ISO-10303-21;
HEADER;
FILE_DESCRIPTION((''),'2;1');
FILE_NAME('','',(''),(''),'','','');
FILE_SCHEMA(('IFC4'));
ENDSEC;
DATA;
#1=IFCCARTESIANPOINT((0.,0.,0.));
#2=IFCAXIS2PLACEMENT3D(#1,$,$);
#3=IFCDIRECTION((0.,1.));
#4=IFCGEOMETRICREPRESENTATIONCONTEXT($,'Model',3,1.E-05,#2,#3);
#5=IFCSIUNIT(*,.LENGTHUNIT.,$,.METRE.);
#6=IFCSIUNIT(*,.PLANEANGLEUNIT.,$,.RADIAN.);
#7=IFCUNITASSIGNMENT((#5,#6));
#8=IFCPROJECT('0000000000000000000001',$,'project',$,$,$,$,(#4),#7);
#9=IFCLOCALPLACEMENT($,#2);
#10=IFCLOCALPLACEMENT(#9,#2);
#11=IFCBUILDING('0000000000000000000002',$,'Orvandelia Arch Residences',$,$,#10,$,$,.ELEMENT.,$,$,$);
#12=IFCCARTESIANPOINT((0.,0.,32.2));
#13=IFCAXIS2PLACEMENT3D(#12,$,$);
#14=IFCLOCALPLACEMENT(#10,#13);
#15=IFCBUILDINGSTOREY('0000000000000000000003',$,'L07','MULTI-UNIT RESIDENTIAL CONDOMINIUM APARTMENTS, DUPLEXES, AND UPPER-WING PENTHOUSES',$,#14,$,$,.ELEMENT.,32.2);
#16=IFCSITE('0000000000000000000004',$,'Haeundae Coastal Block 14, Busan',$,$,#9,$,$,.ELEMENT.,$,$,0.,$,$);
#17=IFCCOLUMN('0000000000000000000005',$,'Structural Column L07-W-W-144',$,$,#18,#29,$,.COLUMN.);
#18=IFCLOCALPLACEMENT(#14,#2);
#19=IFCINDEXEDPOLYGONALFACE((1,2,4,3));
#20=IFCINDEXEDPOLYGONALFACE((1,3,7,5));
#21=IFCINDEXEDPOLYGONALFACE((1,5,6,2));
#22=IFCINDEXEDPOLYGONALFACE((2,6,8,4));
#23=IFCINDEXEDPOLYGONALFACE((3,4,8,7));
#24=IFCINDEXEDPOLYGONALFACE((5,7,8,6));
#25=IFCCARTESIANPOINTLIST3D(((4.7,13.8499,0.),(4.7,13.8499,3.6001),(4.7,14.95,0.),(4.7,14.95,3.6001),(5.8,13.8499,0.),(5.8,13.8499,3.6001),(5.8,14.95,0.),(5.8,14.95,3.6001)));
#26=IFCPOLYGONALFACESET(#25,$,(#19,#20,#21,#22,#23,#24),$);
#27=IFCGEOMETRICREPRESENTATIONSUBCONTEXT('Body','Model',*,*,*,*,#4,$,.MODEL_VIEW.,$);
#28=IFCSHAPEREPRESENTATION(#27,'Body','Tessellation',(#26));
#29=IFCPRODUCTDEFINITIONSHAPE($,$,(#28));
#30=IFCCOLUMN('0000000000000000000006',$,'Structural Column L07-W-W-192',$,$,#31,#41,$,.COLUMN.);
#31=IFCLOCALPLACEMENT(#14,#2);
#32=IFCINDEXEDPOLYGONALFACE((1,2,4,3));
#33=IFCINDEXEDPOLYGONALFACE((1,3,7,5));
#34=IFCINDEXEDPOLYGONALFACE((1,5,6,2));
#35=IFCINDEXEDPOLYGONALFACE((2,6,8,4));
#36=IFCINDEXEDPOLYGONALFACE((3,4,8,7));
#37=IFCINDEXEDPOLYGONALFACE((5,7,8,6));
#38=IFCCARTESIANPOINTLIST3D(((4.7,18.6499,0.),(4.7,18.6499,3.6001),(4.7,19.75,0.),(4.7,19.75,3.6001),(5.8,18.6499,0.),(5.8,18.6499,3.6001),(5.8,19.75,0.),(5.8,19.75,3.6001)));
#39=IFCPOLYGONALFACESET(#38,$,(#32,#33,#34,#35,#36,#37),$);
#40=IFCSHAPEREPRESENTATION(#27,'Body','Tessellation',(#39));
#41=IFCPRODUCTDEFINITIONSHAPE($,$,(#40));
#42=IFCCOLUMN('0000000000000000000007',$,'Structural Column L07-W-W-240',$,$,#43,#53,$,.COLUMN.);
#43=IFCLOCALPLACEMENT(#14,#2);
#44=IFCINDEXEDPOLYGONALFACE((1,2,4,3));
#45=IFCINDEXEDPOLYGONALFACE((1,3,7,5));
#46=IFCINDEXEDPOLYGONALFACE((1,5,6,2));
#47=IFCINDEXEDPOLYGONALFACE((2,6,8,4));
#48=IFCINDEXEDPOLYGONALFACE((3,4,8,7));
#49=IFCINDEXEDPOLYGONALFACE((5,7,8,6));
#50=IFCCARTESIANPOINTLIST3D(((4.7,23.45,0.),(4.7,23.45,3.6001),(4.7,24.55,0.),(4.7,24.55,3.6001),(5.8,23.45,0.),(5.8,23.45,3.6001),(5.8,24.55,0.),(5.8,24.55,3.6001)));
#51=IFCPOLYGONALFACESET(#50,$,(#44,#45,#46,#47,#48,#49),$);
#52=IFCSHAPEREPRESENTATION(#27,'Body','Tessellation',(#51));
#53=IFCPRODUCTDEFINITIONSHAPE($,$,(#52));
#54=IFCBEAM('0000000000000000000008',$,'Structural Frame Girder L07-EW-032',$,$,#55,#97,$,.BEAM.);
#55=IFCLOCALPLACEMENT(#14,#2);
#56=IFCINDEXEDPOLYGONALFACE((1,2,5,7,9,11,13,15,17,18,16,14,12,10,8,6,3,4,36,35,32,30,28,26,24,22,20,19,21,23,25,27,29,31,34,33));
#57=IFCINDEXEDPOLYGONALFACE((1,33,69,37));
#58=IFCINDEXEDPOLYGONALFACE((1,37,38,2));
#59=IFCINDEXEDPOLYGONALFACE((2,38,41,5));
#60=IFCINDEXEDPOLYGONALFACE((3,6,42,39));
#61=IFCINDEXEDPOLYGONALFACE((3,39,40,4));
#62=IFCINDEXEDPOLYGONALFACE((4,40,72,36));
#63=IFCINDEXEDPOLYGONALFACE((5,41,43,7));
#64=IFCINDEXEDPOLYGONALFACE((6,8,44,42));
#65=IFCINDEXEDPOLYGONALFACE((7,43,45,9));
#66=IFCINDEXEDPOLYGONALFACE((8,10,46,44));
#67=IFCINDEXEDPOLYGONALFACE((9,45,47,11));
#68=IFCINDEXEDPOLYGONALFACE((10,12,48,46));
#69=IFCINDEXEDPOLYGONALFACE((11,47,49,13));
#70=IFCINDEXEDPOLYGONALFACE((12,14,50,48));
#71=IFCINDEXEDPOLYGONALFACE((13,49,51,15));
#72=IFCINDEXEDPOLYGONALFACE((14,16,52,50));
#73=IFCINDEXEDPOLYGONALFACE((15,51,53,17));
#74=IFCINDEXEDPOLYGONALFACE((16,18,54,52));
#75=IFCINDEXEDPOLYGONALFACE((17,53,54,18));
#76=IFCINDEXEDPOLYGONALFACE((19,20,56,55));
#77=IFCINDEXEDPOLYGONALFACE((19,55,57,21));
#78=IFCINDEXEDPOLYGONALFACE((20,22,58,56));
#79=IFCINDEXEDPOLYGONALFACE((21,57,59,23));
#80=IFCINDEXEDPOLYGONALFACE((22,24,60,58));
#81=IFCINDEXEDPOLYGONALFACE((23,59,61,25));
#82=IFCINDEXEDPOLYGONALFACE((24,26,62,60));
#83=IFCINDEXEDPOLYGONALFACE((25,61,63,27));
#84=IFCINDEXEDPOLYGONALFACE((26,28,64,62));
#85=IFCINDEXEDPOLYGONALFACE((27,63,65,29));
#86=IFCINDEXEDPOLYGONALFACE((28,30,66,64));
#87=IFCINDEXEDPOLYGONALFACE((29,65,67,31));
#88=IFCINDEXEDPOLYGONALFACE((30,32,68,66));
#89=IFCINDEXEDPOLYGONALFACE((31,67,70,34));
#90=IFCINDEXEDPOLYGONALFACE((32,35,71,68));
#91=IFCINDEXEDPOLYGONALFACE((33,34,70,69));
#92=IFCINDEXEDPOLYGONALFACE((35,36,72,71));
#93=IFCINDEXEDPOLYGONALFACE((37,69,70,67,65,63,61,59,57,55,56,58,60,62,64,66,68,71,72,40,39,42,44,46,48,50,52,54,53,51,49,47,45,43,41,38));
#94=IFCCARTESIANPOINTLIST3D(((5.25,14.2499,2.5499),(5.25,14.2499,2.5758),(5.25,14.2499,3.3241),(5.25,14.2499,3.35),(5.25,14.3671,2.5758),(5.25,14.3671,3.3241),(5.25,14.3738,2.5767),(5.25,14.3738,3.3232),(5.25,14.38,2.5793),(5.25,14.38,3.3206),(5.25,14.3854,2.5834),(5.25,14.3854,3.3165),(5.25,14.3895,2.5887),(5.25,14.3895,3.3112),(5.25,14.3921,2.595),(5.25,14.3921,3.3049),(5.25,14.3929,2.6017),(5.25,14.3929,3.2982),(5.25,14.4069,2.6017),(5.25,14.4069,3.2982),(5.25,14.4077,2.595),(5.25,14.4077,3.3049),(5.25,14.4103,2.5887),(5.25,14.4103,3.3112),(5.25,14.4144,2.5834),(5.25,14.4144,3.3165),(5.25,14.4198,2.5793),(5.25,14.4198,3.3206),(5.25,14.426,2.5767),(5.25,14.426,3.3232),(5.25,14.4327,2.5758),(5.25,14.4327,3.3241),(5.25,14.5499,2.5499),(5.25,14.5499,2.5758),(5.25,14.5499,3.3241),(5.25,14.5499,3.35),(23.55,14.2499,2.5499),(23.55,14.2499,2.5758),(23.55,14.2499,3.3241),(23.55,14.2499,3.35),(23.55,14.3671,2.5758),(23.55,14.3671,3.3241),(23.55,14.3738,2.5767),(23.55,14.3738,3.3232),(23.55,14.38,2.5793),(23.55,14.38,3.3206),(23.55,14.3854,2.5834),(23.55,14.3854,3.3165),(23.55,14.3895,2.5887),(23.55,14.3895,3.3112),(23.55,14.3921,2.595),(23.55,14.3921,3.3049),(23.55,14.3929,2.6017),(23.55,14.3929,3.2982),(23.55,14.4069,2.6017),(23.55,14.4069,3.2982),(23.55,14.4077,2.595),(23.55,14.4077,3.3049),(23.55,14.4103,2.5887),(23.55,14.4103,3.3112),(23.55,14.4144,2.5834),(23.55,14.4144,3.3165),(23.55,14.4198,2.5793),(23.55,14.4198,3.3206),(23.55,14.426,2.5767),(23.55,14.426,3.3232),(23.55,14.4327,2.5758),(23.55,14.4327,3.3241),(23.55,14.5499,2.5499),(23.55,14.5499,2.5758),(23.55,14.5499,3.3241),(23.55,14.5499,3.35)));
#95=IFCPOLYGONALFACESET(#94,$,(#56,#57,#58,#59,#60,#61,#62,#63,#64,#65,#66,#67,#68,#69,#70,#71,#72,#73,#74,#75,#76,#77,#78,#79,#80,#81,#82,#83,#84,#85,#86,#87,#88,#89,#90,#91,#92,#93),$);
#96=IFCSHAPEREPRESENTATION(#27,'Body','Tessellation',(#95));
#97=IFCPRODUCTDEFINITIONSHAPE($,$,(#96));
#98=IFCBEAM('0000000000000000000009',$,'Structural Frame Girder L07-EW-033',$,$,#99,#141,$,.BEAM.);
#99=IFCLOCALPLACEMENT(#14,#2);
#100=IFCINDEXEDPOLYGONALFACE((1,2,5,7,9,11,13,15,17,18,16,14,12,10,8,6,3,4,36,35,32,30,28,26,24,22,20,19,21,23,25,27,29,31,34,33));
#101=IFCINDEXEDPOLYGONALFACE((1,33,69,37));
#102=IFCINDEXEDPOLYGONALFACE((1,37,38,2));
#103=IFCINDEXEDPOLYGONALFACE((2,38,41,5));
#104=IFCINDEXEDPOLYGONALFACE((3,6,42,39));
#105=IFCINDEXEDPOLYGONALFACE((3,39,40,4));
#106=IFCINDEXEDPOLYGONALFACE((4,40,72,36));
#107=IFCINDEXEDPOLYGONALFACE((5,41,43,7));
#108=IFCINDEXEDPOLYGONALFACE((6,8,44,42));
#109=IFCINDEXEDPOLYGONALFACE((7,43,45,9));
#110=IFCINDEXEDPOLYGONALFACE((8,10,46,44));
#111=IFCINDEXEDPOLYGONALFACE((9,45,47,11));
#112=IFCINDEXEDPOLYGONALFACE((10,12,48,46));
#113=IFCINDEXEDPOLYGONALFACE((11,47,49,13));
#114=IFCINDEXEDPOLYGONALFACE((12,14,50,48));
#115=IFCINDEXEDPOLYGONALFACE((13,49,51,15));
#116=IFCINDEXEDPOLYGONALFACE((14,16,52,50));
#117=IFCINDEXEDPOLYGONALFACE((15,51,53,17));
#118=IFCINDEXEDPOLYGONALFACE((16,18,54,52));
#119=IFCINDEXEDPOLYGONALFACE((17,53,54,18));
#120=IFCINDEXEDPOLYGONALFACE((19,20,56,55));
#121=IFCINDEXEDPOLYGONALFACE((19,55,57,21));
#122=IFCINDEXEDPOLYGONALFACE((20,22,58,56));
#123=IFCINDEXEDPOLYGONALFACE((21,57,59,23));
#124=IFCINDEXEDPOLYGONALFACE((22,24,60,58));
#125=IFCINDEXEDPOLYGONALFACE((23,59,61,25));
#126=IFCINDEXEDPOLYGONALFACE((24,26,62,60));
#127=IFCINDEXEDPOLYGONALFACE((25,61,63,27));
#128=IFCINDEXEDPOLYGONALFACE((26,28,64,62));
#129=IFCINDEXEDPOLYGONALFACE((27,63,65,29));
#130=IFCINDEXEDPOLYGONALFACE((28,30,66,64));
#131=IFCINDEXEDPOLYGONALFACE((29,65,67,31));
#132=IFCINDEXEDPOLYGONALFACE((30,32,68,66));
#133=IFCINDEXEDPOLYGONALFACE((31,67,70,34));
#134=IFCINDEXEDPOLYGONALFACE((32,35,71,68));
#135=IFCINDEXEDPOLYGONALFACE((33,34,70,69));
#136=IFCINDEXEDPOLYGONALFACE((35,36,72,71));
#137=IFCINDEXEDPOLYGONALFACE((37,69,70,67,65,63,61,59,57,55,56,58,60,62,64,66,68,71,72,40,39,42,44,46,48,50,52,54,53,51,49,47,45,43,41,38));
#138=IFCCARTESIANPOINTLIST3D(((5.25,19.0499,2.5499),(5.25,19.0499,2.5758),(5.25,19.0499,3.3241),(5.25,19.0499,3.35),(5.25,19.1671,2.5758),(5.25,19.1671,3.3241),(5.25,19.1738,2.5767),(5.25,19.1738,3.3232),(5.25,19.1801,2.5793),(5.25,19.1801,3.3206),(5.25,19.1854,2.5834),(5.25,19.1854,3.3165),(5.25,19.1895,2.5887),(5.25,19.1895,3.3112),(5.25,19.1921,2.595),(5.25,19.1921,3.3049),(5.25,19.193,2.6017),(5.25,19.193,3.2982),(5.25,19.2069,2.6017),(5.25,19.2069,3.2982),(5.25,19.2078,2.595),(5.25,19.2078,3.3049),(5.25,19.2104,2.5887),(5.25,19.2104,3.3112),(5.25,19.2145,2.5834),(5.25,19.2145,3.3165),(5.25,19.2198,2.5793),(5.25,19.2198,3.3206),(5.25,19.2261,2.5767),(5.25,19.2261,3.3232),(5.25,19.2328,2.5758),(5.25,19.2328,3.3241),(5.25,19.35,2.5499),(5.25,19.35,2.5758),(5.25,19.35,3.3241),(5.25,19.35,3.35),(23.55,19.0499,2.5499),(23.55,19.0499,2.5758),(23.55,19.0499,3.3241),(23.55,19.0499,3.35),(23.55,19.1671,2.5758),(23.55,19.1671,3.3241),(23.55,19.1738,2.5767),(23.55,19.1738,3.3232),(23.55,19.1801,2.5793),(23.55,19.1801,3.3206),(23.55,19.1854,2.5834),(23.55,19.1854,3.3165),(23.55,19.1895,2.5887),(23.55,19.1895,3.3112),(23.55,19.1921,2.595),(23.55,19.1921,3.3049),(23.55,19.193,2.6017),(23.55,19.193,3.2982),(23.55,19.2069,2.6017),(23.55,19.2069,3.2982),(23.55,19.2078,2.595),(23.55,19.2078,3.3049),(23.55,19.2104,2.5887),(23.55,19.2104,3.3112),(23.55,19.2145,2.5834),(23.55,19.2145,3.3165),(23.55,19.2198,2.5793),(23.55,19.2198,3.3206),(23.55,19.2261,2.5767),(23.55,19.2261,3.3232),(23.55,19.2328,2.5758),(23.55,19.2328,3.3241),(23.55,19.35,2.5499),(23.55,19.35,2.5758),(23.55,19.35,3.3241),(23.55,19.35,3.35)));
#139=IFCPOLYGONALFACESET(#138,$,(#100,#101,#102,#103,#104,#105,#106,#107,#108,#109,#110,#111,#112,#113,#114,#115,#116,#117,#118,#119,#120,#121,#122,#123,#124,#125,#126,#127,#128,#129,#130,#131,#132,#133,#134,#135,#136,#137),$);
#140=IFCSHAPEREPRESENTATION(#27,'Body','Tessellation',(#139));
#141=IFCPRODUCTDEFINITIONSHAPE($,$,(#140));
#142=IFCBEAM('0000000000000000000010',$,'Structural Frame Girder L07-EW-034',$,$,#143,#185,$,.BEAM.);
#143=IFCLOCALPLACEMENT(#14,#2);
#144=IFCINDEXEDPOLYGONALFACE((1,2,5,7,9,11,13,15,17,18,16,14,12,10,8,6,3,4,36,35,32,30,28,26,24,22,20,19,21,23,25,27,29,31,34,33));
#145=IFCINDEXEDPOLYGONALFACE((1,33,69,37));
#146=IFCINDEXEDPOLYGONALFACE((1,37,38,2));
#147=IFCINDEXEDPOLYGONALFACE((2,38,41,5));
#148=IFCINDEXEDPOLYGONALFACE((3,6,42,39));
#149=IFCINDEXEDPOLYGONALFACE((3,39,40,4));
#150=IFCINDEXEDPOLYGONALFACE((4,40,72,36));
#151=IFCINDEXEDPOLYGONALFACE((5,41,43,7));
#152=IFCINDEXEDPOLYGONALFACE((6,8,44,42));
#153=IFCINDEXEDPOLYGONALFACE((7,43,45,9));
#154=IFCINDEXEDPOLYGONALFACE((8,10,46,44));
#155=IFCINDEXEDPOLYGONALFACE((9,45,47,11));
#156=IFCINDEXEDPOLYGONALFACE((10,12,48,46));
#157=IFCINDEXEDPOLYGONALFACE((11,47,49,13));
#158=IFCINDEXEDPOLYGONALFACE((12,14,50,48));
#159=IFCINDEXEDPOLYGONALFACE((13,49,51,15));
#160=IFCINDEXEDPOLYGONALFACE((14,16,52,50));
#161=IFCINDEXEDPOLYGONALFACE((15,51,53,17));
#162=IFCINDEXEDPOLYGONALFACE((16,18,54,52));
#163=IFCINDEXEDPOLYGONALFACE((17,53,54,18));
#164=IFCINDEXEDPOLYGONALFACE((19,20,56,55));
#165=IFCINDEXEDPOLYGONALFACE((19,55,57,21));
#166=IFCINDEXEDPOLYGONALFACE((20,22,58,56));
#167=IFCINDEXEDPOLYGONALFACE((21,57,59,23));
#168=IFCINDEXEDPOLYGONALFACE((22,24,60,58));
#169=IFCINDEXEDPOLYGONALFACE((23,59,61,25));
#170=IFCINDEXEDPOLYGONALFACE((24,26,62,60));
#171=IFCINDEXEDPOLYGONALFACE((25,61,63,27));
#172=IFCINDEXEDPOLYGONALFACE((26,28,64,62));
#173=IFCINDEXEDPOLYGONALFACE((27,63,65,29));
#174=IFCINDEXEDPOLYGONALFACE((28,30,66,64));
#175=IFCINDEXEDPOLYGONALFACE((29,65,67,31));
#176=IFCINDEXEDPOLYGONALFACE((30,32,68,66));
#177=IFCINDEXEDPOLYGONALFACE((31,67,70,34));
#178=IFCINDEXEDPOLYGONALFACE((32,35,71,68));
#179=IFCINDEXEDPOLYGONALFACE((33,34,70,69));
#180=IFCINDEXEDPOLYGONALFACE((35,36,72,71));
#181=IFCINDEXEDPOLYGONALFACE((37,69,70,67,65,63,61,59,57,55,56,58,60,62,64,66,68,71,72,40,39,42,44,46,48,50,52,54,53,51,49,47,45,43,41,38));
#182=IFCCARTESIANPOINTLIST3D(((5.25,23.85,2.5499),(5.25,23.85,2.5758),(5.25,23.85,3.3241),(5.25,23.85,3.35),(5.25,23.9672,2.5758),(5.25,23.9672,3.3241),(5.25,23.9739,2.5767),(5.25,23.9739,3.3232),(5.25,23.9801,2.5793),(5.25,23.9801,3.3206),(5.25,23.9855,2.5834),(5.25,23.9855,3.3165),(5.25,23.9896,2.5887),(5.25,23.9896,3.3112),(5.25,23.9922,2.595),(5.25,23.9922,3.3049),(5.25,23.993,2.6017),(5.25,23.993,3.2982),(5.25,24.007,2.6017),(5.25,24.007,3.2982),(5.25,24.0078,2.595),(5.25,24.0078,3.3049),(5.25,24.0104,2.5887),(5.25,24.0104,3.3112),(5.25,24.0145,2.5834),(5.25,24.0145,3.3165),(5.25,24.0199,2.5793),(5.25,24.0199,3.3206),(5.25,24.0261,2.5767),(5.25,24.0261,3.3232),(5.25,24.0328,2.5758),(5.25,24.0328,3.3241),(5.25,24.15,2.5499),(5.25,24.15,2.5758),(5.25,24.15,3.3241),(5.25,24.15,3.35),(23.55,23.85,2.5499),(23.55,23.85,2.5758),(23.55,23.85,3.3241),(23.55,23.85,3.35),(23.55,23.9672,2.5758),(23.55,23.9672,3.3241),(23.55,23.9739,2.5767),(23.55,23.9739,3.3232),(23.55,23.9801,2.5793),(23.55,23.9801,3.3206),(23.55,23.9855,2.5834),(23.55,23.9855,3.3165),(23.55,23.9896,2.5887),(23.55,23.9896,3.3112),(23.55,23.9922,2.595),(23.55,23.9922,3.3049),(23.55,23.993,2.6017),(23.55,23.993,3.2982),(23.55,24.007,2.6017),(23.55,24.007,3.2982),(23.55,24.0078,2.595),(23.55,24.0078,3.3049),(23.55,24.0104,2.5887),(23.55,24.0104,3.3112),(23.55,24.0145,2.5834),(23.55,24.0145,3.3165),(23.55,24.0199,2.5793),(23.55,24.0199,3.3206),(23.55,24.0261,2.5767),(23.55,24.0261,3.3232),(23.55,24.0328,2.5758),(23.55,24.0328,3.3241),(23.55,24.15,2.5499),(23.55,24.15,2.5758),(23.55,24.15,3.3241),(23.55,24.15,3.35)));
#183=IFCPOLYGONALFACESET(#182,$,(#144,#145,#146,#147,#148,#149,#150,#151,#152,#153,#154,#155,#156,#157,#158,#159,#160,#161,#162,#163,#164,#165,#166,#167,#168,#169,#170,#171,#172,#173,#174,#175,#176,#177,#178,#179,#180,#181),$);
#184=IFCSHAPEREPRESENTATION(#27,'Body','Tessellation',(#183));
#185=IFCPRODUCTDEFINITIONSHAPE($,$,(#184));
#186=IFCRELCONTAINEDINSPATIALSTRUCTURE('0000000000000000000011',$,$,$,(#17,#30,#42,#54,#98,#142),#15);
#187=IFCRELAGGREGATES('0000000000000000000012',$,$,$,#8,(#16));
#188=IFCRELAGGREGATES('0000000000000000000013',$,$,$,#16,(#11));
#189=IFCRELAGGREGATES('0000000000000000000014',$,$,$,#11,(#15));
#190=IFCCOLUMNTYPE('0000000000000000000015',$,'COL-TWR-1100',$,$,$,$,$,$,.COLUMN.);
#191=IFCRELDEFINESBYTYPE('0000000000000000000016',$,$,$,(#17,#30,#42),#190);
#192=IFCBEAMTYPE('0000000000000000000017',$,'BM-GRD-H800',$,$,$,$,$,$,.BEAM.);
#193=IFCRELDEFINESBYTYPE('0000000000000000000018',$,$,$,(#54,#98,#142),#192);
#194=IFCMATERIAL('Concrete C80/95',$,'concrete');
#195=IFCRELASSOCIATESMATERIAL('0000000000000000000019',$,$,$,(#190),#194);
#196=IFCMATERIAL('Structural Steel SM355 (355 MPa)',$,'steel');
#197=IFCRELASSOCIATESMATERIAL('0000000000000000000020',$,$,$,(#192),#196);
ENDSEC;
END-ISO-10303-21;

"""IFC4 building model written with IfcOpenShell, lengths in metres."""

from ifc_helpers import new_model, si_unit, direction, frame, origin, origin_2d, place, context, subcontext, project, spatial, rectangle, i_section, extrude, material, material_profile, profile_set, type_object, element, save


model = new_model("IFC4")

# Units and contexts
model_context = context("Model", 3, precision=1e-05, world=origin(), true_north=direction((0.0, 1.0)))
body_context = subcontext(model_context, "Body", "Model", "MODEL_VIEW")
ifc_project = project(units=[si_unit("LENGTHUNIT", "METRE"), si_unit("PLANEANGLEUNIT", "RADIAN")], contexts=[model_context])

# Site, building, storey
site_placement = place(None, origin())
site = spatial("IfcSite", under=ifc_project, at=site_placement, Name="Haeundae Coastal Block 14, Busan", CompositionType="ELEMENT", RefElevation=0.0)
building_placement = place(site_placement, origin())
building = spatial("IfcBuilding", under=site, at=building_placement, Name="Orvandelia Arch Residences", CompositionType="ELEMENT")
storey_placement = place(building_placement, frame((0.0, 0.0, 32.2)))
storey = spatial("IfcBuildingStorey", under=building, at=storey_placement, Name="L07", Description="MULTI-UNIT RESIDENTIAL CONDOMINIUM APARTMENTS, DUPLEXES, AND UPPER-WING PENTHOUSES", CompositionType="ELEMENT", Elevation=32.2)

# Columns
ifc_material_1 = material(Name="Concrete C80/95", Category="concrete")
ifc_material_profile_1 = material_profile(ifc_material_1, rectangle(XDim=1.1001, YDim=1.1001, at=origin_2d()), Name="Concrete C80/95", Category="concrete")
ifc_profile_set_1 = profile_set([ifc_material_profile_1], Name="Concrete C80/95")
column_type = type_object("IfcColumnType", Name="COL-TWR-1100", PredefinedType="COLUMN", material=ifc_profile_set_1)
for number, where, z_axis, x_axis, name in (
    (1, (5.25, 14.3999, 0.0), (0.0, 0.0, 1.0), (1.0, 0.0, 0.0), "Structural Column L07-W-W-144"),
    (2, (5.25, 19.2, 0.0), (0.0, 0.0, 1.0), (1.0, 0.0, 0.0), "Structural Column L07-W-W-192"),
    (3, (5.25, 24.0, 0.0), (0.0, 0.0, 1.0), (1.0, 0.0, 0.0), "Structural Column L07-W-W-240"),
):
    element("IfcColumn", number, at=place(storey_placement, frame(where, z_axis=z_axis, x_axis=x_axis)), inside=storey, type_object=column_type, Name=name, PredefinedType="COLUMN", context=body_context, shape_type="SweptSolid", body=[
        extrude(rectangle(XDim=1.1001, YDim=1.1001, at=origin_2d()), origin(), (0.0, 0.0, 1.0), 3.6001),
    ])

# Beams
ifc_material_2 = material(Name="Structural Steel SM355 (355 MPa)", Category="steel")
ifc_material_profile_2 = material_profile(ifc_material_2, i_section(OverallWidth=0.3, OverallDepth=0.8, WebThickness=0.0139, FlangeThickness=0.0259, FilletRadius=0.0259, at=origin_2d()), Name="Structural Steel SM355 (355 MPa)", Category="steel")
ifc_profile_set_2 = profile_set([ifc_material_profile_2], Name="Structural Steel SM355 (355 MPa)")
beam_type_1 = type_object("IfcBeamType", Name="BM-GRD-H800", PredefinedType="BEAM", material=ifc_profile_set_2)
for number, where, z_axis, x_axis, name in (
    (4, (5.25, 14.3999, 2.95), (1.0, 0.0, 0.0), (0.0, 1.0, 0.0), "Structural Frame Girder L07-EW-032"),
    (5, (5.25, 19.2, 2.95), (1.0, 0.0, 0.0), (0.0, 1.0, 0.0), "Structural Frame Girder L07-EW-033"),
    (6, (5.25, 24.0, 2.95), (1.0, 0.0, 0.0), (0.0, 1.0, 0.0), "Structural Frame Girder L07-EW-034"),
):
    element("IfcBeam", number, at=place(storey_placement, frame(where, z_axis=z_axis, x_axis=x_axis)), inside=storey, type_object=beam_type_1, Name=name, PredefinedType="BEAM", context=body_context, shape_type="SweptSolid", body=[
        extrude(i_section(OverallWidth=0.3, OverallDepth=0.8, WebThickness=0.0139, FlangeThickness=0.0259, FilletRadius=0.0259, at=origin_2d()), origin(), (0.0, 0.0, 1.0), 18.3),
    ])

save(model, "model.ifc")
